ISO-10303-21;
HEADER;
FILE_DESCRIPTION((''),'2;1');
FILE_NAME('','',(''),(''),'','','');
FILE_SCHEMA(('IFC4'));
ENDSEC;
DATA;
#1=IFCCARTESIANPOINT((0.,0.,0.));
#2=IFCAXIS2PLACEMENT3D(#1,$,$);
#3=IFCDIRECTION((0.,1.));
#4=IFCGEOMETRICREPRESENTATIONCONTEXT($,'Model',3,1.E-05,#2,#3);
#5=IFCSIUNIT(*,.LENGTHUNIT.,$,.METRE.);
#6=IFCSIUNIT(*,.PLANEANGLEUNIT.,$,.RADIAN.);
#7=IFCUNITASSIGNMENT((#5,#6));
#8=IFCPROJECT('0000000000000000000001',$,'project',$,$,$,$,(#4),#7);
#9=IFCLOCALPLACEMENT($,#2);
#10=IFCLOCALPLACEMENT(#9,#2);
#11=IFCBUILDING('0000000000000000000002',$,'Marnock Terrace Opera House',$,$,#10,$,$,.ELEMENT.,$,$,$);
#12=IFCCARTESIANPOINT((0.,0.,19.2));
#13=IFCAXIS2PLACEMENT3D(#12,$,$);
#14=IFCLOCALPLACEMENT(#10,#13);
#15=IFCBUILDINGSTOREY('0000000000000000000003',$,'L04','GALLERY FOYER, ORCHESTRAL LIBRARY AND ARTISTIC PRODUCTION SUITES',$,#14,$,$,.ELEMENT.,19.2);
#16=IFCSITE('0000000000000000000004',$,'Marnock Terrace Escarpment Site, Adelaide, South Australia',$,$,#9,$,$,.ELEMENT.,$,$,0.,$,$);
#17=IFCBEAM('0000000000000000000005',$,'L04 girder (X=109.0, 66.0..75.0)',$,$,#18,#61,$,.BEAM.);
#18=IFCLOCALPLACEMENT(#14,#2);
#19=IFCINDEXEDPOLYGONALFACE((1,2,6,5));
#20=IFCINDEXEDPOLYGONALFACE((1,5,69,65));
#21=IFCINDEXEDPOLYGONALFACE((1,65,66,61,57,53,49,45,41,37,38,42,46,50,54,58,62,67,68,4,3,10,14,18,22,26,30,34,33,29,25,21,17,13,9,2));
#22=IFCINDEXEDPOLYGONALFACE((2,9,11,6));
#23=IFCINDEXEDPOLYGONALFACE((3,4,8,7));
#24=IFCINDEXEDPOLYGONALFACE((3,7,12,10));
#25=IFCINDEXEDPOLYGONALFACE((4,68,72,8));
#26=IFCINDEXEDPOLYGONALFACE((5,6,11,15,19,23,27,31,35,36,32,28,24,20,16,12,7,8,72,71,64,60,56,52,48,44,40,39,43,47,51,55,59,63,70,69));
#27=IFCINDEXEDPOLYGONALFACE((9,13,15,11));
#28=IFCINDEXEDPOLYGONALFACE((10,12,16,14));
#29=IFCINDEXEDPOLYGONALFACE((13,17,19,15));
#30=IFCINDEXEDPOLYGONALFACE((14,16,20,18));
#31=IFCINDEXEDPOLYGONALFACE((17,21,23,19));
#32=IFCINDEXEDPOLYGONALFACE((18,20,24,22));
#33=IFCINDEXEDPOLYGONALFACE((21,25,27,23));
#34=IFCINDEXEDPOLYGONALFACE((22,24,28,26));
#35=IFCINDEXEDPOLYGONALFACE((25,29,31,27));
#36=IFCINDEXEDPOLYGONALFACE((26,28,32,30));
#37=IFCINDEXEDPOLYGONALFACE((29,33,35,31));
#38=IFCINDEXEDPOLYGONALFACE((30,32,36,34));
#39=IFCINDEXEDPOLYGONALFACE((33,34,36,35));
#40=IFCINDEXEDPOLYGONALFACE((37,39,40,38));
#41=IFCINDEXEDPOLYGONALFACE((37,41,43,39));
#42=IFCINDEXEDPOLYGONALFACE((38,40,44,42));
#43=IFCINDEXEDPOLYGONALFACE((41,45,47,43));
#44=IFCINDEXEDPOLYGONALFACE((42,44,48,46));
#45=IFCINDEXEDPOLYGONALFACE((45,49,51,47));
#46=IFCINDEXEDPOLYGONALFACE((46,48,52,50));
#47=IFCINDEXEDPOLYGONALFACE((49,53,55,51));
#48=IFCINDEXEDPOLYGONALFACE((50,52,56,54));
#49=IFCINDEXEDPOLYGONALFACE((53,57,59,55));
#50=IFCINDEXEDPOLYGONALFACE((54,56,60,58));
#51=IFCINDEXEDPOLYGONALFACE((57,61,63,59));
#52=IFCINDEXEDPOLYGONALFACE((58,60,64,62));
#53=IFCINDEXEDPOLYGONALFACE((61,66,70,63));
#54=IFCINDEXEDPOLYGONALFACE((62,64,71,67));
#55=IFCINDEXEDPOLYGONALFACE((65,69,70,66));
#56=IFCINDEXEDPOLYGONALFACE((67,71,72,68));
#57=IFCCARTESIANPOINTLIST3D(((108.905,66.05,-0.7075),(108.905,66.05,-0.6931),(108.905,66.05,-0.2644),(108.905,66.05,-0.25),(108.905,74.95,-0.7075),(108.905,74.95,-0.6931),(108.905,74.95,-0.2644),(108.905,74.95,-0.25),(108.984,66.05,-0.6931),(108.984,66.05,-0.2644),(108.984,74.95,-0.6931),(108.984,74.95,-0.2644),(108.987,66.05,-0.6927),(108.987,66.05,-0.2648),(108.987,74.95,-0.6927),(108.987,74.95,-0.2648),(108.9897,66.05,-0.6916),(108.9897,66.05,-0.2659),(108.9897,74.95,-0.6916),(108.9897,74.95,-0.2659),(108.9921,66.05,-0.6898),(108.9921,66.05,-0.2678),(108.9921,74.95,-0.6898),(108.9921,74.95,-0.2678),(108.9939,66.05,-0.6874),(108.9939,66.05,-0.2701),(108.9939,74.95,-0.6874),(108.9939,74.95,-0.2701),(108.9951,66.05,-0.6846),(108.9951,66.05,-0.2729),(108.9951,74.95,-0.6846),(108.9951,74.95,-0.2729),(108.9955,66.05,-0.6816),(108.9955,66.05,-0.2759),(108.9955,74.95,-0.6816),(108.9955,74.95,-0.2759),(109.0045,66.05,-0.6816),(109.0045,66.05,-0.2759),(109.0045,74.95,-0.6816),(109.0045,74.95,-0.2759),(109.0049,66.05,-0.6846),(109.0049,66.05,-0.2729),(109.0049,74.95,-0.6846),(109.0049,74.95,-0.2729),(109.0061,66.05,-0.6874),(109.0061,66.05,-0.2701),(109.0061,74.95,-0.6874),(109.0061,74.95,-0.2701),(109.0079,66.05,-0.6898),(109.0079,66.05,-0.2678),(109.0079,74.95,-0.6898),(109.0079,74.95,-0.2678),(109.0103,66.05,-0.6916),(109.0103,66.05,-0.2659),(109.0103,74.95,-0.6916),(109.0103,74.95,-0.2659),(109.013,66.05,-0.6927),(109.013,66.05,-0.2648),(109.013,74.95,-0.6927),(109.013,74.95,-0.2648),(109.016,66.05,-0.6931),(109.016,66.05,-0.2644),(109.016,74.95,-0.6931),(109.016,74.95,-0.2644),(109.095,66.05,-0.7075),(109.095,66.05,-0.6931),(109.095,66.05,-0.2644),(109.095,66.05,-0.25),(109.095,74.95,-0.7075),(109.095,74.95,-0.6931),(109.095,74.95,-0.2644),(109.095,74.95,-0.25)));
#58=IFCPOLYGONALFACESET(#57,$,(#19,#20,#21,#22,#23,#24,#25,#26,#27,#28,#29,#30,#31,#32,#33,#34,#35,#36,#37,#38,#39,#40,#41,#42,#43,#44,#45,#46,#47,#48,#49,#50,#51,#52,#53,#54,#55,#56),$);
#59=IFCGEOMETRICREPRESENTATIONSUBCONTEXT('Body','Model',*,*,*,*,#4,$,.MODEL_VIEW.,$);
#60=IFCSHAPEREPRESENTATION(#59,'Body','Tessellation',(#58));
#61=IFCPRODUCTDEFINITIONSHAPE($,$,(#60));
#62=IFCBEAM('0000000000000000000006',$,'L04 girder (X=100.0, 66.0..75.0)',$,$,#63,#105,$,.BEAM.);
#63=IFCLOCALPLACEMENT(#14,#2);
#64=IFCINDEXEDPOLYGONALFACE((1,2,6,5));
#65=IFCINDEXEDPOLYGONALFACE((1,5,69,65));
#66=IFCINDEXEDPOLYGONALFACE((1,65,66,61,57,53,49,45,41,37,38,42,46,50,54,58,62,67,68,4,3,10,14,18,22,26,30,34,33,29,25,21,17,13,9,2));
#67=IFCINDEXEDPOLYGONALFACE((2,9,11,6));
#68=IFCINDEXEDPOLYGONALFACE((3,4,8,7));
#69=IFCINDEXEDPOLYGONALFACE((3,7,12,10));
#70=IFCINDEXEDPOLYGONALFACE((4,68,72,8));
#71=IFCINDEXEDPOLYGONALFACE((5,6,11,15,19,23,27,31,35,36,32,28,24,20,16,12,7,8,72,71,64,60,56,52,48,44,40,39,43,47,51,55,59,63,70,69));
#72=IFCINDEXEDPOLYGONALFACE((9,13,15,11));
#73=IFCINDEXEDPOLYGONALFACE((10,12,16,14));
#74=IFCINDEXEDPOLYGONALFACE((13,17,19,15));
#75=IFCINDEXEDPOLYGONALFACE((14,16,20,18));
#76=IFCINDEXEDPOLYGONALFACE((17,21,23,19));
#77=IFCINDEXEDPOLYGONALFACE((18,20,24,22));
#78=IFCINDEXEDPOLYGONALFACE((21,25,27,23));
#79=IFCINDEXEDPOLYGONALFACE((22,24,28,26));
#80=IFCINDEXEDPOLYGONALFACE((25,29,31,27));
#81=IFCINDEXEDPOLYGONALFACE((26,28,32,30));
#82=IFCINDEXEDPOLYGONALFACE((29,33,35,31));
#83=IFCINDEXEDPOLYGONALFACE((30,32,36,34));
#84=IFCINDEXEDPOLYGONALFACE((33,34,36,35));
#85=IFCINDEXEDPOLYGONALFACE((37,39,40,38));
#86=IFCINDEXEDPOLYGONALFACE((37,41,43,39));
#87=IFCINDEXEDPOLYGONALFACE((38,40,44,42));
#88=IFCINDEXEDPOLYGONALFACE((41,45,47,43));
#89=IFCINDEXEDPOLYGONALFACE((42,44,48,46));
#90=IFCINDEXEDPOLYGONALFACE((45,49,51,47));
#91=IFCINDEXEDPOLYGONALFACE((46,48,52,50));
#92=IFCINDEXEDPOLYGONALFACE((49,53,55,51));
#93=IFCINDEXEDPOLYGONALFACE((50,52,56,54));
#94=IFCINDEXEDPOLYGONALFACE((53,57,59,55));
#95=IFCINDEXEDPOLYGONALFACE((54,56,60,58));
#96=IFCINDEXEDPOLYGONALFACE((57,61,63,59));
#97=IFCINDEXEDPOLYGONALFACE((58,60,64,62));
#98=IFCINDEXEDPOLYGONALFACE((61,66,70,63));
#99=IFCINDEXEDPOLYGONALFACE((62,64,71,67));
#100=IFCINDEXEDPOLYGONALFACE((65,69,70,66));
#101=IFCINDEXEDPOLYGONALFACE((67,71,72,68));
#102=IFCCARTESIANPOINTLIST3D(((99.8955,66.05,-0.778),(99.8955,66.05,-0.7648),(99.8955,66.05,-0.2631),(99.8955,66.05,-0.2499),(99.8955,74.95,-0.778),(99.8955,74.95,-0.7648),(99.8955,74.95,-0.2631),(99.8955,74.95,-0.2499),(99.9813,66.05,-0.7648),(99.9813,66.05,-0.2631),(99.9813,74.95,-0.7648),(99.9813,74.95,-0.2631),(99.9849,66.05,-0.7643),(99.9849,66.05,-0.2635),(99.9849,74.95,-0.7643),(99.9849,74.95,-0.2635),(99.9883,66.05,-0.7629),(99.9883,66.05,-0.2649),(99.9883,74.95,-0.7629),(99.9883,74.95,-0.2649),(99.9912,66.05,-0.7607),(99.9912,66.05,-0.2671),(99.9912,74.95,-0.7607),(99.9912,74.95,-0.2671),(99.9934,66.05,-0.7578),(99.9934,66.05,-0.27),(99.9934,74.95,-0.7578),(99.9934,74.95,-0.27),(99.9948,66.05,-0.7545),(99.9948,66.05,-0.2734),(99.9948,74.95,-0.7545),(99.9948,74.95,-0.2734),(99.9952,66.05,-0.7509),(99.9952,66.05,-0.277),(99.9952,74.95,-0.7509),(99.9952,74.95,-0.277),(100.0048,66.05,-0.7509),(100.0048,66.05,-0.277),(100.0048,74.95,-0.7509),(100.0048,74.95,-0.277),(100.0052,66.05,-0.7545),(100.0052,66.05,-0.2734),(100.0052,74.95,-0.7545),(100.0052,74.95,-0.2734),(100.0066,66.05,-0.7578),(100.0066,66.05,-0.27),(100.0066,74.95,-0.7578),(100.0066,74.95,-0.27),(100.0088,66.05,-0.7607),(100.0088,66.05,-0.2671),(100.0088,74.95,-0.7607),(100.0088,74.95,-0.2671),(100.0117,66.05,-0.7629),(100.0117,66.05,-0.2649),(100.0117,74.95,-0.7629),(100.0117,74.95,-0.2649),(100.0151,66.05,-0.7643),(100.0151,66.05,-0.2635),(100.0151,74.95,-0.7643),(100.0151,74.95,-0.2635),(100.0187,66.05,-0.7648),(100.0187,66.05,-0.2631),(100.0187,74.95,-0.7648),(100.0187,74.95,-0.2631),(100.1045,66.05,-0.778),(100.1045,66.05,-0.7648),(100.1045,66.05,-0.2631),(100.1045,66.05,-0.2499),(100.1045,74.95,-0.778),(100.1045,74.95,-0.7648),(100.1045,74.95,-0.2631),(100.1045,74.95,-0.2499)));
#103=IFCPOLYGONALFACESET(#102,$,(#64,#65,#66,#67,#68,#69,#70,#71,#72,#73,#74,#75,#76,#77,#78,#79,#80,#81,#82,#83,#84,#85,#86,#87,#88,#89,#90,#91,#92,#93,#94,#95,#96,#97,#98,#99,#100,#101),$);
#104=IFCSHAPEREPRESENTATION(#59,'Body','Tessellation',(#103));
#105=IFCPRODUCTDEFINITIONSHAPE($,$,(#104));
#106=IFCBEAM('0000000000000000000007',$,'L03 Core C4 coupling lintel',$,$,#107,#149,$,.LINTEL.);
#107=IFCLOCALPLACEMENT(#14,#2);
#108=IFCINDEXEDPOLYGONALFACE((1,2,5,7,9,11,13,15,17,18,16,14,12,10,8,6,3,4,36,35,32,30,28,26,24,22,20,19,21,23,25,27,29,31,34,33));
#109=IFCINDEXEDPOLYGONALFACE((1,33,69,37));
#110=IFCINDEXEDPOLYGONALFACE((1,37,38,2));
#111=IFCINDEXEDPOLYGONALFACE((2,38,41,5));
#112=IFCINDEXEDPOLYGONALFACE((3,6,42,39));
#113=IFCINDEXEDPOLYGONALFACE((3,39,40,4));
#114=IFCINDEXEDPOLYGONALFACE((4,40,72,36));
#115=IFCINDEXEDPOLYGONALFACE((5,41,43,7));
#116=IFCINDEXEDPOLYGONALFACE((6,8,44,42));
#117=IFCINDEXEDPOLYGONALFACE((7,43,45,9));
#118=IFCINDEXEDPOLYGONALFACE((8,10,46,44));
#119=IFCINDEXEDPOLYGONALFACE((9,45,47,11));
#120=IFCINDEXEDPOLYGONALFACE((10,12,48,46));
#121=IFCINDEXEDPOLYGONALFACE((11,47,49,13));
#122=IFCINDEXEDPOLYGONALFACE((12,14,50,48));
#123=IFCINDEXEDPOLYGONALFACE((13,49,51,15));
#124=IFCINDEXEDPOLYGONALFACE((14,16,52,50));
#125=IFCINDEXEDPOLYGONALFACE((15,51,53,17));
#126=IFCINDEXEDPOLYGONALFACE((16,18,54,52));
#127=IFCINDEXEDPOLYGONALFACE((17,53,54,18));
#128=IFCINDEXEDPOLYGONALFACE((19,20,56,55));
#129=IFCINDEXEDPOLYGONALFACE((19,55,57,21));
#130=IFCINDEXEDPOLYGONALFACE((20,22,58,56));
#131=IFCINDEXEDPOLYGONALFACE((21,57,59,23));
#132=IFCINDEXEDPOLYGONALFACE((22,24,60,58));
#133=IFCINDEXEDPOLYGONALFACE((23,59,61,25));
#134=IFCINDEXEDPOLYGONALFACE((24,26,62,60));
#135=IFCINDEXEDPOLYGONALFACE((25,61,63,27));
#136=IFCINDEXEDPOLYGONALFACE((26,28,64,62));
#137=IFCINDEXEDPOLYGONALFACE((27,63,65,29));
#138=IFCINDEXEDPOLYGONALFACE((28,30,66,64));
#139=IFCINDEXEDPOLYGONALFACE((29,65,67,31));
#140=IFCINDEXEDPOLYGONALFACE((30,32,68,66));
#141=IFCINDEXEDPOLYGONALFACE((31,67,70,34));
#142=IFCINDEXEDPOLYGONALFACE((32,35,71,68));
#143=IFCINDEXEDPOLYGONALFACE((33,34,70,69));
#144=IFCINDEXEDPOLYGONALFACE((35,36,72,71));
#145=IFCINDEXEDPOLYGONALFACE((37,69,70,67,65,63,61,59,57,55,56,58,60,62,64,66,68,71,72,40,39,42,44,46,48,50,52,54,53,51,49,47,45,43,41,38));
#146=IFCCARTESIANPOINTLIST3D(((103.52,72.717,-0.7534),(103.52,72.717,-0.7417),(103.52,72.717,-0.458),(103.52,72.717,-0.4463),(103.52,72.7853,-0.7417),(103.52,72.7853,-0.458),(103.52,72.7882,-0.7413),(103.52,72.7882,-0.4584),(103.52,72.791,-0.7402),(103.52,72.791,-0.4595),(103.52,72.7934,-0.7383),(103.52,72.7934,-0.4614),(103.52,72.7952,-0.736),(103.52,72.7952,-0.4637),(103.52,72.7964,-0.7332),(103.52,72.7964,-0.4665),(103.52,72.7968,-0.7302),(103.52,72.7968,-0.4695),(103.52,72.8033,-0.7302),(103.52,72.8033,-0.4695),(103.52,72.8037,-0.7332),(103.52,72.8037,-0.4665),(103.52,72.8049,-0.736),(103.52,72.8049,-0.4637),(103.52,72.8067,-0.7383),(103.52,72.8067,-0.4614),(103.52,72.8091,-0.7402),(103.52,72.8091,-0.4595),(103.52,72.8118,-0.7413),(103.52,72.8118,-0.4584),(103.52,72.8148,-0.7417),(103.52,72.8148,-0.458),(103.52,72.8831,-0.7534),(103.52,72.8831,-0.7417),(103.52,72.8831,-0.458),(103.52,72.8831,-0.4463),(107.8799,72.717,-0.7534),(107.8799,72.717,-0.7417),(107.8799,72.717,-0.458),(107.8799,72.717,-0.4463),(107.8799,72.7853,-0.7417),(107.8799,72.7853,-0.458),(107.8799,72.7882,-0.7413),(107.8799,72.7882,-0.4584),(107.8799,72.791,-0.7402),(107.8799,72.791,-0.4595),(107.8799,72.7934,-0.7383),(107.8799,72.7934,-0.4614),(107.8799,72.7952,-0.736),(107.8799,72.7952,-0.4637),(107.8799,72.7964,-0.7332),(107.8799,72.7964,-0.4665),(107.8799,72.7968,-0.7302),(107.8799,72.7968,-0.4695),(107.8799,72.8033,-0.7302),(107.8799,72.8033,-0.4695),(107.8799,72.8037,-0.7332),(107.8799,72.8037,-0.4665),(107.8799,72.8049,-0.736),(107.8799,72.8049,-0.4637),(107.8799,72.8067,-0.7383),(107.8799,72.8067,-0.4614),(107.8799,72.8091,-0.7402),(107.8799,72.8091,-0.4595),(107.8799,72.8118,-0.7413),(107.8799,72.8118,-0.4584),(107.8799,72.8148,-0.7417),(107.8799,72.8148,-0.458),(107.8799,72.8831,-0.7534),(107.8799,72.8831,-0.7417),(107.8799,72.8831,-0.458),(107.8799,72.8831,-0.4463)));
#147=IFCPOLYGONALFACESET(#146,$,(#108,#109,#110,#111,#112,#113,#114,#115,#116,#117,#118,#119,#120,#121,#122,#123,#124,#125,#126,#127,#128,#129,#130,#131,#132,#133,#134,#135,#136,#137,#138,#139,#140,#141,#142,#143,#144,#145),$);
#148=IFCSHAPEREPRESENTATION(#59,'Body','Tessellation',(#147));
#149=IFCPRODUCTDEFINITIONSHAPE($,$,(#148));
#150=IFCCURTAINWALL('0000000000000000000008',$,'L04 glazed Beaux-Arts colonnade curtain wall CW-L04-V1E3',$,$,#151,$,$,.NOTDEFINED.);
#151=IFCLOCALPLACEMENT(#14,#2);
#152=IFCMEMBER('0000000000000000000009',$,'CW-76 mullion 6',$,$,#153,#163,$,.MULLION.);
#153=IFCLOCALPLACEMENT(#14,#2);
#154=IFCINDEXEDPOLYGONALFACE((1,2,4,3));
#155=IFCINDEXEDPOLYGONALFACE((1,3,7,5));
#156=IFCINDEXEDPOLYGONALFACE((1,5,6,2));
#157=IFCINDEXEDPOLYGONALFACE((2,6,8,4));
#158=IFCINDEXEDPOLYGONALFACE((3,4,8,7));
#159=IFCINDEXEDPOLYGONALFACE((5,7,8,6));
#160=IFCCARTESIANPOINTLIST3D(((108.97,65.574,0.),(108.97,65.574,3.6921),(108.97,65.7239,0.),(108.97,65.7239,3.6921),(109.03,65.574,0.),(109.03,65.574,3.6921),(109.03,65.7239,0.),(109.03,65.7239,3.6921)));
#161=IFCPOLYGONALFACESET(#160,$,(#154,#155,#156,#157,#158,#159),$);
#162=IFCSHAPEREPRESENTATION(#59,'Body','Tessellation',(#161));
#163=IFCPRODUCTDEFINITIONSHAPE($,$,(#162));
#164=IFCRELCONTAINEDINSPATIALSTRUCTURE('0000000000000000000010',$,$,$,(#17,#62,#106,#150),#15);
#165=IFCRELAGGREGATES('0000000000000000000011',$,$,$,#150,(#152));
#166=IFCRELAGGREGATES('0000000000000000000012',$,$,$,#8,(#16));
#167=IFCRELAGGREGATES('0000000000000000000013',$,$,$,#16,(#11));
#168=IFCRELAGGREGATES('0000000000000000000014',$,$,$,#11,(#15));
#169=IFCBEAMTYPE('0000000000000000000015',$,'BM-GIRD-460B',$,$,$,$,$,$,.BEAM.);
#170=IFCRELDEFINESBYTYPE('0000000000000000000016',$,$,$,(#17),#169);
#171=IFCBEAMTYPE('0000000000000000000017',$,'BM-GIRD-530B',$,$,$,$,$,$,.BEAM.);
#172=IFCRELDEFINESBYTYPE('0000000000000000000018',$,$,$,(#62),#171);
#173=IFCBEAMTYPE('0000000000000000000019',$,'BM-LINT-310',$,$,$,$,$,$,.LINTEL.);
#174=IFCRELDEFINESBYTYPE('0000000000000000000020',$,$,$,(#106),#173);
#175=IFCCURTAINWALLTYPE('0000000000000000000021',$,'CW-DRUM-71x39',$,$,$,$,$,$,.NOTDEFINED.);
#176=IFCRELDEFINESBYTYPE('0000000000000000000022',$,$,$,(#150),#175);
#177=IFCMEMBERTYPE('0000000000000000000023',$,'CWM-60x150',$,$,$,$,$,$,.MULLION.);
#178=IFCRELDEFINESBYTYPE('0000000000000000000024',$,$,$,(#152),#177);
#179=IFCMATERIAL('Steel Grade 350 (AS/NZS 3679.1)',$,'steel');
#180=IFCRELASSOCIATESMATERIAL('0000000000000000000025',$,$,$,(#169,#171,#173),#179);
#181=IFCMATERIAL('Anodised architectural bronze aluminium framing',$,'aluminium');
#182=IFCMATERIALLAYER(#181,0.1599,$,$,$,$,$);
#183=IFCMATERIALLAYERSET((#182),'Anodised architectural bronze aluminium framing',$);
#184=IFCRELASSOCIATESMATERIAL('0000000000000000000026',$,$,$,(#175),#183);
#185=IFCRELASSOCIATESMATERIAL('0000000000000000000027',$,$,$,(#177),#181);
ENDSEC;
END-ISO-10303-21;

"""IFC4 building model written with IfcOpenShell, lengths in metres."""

from ifc_helpers import new_model, si_unit, direction, frame, origin, origin_2d, place, context, subcontext, project, spatial, rectangle, i_section, extrude, material, layer, layer_set, material_profile, profile_set, type_object, element, aggregate, save


model = new_model("IFC4")

# Units and contexts
model_context = context("Model", 3, precision=1e-05, world=origin(), true_north=direction((0.0, 1.0)))
body_context = subcontext(model_context, "Body", "Model", "MODEL_VIEW")
ifc_project = project(units=[si_unit("LENGTHUNIT", "METRE"), si_unit("PLANEANGLEUNIT", "RADIAN")], contexts=[model_context])

# Site, building, storey
site_placement = place(None, origin())
site = spatial("IfcSite", under=ifc_project, at=site_placement, Name="Marnock Terrace Escarpment Site, Adelaide, South Australia", CompositionType="ELEMENT", RefElevation=0.0)
building_placement = place(site_placement, origin())
building = spatial("IfcBuilding", under=site, at=building_placement, Name="Marnock Terrace Opera House", CompositionType="ELEMENT")
storey_placement = place(building_placement, frame((0.0, 0.0, 19.2)))
storey = spatial("IfcBuildingStorey", under=building, at=storey_placement, Name="L04", Description="GALLERY FOYER, ORCHESTRAL LIBRARY AND ARTISTIC PRODUCTION SUITES", CompositionType="ELEMENT", Elevation=19.2)

# Beams
ifc_material_1 = material(Name="Steel Grade 350 (AS/NZS 3679.1)", Category="steel")
ifc_material_profile_1 = material_profile(ifc_material_1, i_section(OverallWidth=0.1899, OverallDepth=0.4575, WebThickness=0.009, FlangeThickness=0.0144, FilletRadius=0.0115, at=origin_2d()))
ifc_profile_set_1 = profile_set([ifc_material_profile_1], Name="Steel Grade 350 (AS/NZS 3679.1)")
beam_type_1 = type_object("IfcBeamType", Name="BM-GIRD-460B", PredefinedType="BEAM", material=ifc_profile_set_1)
beam_1_placement = place(storey_placement, frame((109.0, 66.05, -0.4788), z_axis=(0.0, 1.0, 0.0), x_axis=(-1.0, 0.0, 0.0)))
element("IfcBeam", 1, at=beam_1_placement, inside=storey, type_object=beam_type_1, Name="L04 girder (X=109.0, 66.0..75.0)", PredefinedType="BEAM", context=body_context, shape_type="SweptSolid", body=[
    extrude(i_section(OverallWidth=0.1899, OverallDepth=0.4575, WebThickness=0.009, FlangeThickness=0.0144, FilletRadius=0.0115, at=origin_2d()), origin(), (0.0, 0.0, 1.0), 8.8999),
])
ifc_material_profile_2 = material_profile(ifc_material_1, i_section(OverallWidth=0.209, OverallDepth=0.5281, WebThickness=0.0095, FlangeThickness=0.0132, FilletRadius=0.0139, at=origin_2d()))
ifc_profile_set_2 = profile_set([ifc_material_profile_2], Name="Steel Grade 350 (AS/NZS 3679.1)")
beam_type_2 = type_object("IfcBeamType", Name="BM-GIRD-530B", PredefinedType="BEAM", material=ifc_profile_set_2)
beam_2_placement = place(storey_placement, frame((100.0, 66.05, -0.5139), z_axis=(0.0, 1.0, 0.0), x_axis=(-1.0, 0.0, 0.0)))
element("IfcBeam", 2, at=beam_2_placement, inside=storey, type_object=beam_type_2, Name="L04 girder (X=100.0, 66.0..75.0)", PredefinedType="BEAM", context=body_context, shape_type="SweptSolid", body=[
    extrude(i_section(OverallWidth=0.209, OverallDepth=0.5281, WebThickness=0.0095, FlangeThickness=0.0132, FilletRadius=0.0139, at=origin_2d()), origin(), (0.0, 0.0, 1.0), 8.8999),
])
ifc_material_profile_3 = material_profile(ifc_material_1, i_section(OverallWidth=0.166, OverallDepth=0.3071, WebThickness=0.0066, FlangeThickness=0.0117, FilletRadius=0.0115, at=origin_2d()))
ifc_profile_set_3 = profile_set([ifc_material_profile_3], Name="Steel Grade 350 (AS/NZS 3679.1)")
beam_type_3 = type_object("IfcBeamType", Name="BM-LINT-310", PredefinedType="LINTEL", material=ifc_profile_set_3)
beam_3_placement = place(storey_placement, frame((103.52, 72.8, -0.5999), z_axis=(1.0, 0.0, 0.0), x_axis=(0.0, 1.0, 0.0)))
element("IfcBeam", 3, at=beam_3_placement, inside=storey, type_object=beam_type_3, Name="L03 Core C4 coupling lintel", PredefinedType="LINTEL", context=body_context, shape_type="SweptSolid", body=[
    extrude(i_section(OverallWidth=0.166, OverallDepth=0.3071, WebThickness=0.0066, FlangeThickness=0.0117, FilletRadius=0.0115, at=origin_2d()), origin(), (0.0, 0.0, 1.0), 4.3599),
])

# Curtain wall, member
ifc_material_2 = material(Name="Anodised architectural bronze aluminium framing", Category="aluminium")
ifc_layer_1 = layer(ifc_material_2, 0.1599)
ifc_layer_set_1 = layer_set([ifc_layer_1], Name="Anodised architectural bronze aluminium framing")
curtain_wall_type = type_object("IfcCurtainWallType", Name="CW-DRUM-71x39", PredefinedType="NOTDEFINED", material=ifc_layer_set_1)
curtain_wall_placement = place(storey_placement, origin())
curtain_wall = element("IfcCurtainWall", 4, at=curtain_wall_placement, inside=storey, type_object=curtain_wall_type, Name="L04 glazed Beaux-Arts colonnade curtain wall CW-L04-V1E3", PredefinedType="NOTDEFINED")
ifc_material_profile_4 = material_profile(ifc_material_2, rectangle(XDim=0.0601, YDim=0.1499, at=origin_2d()))
ifc_profile_set_4 = profile_set([ifc_material_profile_4], Name="Anodised architectural bronze aluminium framing")
member_type_1 = type_object("IfcMemberType", Name="CWM-60x150", PredefinedType="MULLION", material=ifc_profile_set_4)
member_1_placement = place(storey_placement, frame((109.0, 65.6489, 0.0), z_axis=(0.0, 0.0, 1.0), x_axis=(-1.0, 0.0, 0.0)))
member_1 = element("IfcMember", 5, at=member_1_placement, type_object=member_type_1, Name="CW-76 mullion 6", PredefinedType="MULLION", context=body_context, shape_type="SweptSolid", body=[
    extrude(rectangle(XDim=0.0601, YDim=0.1499, at=origin_2d()), origin(), (0.0, 0.0, 1.0), 3.6921),
])
aggregate(curtain_wall, [member_1])

save(model, "model.ifc")
